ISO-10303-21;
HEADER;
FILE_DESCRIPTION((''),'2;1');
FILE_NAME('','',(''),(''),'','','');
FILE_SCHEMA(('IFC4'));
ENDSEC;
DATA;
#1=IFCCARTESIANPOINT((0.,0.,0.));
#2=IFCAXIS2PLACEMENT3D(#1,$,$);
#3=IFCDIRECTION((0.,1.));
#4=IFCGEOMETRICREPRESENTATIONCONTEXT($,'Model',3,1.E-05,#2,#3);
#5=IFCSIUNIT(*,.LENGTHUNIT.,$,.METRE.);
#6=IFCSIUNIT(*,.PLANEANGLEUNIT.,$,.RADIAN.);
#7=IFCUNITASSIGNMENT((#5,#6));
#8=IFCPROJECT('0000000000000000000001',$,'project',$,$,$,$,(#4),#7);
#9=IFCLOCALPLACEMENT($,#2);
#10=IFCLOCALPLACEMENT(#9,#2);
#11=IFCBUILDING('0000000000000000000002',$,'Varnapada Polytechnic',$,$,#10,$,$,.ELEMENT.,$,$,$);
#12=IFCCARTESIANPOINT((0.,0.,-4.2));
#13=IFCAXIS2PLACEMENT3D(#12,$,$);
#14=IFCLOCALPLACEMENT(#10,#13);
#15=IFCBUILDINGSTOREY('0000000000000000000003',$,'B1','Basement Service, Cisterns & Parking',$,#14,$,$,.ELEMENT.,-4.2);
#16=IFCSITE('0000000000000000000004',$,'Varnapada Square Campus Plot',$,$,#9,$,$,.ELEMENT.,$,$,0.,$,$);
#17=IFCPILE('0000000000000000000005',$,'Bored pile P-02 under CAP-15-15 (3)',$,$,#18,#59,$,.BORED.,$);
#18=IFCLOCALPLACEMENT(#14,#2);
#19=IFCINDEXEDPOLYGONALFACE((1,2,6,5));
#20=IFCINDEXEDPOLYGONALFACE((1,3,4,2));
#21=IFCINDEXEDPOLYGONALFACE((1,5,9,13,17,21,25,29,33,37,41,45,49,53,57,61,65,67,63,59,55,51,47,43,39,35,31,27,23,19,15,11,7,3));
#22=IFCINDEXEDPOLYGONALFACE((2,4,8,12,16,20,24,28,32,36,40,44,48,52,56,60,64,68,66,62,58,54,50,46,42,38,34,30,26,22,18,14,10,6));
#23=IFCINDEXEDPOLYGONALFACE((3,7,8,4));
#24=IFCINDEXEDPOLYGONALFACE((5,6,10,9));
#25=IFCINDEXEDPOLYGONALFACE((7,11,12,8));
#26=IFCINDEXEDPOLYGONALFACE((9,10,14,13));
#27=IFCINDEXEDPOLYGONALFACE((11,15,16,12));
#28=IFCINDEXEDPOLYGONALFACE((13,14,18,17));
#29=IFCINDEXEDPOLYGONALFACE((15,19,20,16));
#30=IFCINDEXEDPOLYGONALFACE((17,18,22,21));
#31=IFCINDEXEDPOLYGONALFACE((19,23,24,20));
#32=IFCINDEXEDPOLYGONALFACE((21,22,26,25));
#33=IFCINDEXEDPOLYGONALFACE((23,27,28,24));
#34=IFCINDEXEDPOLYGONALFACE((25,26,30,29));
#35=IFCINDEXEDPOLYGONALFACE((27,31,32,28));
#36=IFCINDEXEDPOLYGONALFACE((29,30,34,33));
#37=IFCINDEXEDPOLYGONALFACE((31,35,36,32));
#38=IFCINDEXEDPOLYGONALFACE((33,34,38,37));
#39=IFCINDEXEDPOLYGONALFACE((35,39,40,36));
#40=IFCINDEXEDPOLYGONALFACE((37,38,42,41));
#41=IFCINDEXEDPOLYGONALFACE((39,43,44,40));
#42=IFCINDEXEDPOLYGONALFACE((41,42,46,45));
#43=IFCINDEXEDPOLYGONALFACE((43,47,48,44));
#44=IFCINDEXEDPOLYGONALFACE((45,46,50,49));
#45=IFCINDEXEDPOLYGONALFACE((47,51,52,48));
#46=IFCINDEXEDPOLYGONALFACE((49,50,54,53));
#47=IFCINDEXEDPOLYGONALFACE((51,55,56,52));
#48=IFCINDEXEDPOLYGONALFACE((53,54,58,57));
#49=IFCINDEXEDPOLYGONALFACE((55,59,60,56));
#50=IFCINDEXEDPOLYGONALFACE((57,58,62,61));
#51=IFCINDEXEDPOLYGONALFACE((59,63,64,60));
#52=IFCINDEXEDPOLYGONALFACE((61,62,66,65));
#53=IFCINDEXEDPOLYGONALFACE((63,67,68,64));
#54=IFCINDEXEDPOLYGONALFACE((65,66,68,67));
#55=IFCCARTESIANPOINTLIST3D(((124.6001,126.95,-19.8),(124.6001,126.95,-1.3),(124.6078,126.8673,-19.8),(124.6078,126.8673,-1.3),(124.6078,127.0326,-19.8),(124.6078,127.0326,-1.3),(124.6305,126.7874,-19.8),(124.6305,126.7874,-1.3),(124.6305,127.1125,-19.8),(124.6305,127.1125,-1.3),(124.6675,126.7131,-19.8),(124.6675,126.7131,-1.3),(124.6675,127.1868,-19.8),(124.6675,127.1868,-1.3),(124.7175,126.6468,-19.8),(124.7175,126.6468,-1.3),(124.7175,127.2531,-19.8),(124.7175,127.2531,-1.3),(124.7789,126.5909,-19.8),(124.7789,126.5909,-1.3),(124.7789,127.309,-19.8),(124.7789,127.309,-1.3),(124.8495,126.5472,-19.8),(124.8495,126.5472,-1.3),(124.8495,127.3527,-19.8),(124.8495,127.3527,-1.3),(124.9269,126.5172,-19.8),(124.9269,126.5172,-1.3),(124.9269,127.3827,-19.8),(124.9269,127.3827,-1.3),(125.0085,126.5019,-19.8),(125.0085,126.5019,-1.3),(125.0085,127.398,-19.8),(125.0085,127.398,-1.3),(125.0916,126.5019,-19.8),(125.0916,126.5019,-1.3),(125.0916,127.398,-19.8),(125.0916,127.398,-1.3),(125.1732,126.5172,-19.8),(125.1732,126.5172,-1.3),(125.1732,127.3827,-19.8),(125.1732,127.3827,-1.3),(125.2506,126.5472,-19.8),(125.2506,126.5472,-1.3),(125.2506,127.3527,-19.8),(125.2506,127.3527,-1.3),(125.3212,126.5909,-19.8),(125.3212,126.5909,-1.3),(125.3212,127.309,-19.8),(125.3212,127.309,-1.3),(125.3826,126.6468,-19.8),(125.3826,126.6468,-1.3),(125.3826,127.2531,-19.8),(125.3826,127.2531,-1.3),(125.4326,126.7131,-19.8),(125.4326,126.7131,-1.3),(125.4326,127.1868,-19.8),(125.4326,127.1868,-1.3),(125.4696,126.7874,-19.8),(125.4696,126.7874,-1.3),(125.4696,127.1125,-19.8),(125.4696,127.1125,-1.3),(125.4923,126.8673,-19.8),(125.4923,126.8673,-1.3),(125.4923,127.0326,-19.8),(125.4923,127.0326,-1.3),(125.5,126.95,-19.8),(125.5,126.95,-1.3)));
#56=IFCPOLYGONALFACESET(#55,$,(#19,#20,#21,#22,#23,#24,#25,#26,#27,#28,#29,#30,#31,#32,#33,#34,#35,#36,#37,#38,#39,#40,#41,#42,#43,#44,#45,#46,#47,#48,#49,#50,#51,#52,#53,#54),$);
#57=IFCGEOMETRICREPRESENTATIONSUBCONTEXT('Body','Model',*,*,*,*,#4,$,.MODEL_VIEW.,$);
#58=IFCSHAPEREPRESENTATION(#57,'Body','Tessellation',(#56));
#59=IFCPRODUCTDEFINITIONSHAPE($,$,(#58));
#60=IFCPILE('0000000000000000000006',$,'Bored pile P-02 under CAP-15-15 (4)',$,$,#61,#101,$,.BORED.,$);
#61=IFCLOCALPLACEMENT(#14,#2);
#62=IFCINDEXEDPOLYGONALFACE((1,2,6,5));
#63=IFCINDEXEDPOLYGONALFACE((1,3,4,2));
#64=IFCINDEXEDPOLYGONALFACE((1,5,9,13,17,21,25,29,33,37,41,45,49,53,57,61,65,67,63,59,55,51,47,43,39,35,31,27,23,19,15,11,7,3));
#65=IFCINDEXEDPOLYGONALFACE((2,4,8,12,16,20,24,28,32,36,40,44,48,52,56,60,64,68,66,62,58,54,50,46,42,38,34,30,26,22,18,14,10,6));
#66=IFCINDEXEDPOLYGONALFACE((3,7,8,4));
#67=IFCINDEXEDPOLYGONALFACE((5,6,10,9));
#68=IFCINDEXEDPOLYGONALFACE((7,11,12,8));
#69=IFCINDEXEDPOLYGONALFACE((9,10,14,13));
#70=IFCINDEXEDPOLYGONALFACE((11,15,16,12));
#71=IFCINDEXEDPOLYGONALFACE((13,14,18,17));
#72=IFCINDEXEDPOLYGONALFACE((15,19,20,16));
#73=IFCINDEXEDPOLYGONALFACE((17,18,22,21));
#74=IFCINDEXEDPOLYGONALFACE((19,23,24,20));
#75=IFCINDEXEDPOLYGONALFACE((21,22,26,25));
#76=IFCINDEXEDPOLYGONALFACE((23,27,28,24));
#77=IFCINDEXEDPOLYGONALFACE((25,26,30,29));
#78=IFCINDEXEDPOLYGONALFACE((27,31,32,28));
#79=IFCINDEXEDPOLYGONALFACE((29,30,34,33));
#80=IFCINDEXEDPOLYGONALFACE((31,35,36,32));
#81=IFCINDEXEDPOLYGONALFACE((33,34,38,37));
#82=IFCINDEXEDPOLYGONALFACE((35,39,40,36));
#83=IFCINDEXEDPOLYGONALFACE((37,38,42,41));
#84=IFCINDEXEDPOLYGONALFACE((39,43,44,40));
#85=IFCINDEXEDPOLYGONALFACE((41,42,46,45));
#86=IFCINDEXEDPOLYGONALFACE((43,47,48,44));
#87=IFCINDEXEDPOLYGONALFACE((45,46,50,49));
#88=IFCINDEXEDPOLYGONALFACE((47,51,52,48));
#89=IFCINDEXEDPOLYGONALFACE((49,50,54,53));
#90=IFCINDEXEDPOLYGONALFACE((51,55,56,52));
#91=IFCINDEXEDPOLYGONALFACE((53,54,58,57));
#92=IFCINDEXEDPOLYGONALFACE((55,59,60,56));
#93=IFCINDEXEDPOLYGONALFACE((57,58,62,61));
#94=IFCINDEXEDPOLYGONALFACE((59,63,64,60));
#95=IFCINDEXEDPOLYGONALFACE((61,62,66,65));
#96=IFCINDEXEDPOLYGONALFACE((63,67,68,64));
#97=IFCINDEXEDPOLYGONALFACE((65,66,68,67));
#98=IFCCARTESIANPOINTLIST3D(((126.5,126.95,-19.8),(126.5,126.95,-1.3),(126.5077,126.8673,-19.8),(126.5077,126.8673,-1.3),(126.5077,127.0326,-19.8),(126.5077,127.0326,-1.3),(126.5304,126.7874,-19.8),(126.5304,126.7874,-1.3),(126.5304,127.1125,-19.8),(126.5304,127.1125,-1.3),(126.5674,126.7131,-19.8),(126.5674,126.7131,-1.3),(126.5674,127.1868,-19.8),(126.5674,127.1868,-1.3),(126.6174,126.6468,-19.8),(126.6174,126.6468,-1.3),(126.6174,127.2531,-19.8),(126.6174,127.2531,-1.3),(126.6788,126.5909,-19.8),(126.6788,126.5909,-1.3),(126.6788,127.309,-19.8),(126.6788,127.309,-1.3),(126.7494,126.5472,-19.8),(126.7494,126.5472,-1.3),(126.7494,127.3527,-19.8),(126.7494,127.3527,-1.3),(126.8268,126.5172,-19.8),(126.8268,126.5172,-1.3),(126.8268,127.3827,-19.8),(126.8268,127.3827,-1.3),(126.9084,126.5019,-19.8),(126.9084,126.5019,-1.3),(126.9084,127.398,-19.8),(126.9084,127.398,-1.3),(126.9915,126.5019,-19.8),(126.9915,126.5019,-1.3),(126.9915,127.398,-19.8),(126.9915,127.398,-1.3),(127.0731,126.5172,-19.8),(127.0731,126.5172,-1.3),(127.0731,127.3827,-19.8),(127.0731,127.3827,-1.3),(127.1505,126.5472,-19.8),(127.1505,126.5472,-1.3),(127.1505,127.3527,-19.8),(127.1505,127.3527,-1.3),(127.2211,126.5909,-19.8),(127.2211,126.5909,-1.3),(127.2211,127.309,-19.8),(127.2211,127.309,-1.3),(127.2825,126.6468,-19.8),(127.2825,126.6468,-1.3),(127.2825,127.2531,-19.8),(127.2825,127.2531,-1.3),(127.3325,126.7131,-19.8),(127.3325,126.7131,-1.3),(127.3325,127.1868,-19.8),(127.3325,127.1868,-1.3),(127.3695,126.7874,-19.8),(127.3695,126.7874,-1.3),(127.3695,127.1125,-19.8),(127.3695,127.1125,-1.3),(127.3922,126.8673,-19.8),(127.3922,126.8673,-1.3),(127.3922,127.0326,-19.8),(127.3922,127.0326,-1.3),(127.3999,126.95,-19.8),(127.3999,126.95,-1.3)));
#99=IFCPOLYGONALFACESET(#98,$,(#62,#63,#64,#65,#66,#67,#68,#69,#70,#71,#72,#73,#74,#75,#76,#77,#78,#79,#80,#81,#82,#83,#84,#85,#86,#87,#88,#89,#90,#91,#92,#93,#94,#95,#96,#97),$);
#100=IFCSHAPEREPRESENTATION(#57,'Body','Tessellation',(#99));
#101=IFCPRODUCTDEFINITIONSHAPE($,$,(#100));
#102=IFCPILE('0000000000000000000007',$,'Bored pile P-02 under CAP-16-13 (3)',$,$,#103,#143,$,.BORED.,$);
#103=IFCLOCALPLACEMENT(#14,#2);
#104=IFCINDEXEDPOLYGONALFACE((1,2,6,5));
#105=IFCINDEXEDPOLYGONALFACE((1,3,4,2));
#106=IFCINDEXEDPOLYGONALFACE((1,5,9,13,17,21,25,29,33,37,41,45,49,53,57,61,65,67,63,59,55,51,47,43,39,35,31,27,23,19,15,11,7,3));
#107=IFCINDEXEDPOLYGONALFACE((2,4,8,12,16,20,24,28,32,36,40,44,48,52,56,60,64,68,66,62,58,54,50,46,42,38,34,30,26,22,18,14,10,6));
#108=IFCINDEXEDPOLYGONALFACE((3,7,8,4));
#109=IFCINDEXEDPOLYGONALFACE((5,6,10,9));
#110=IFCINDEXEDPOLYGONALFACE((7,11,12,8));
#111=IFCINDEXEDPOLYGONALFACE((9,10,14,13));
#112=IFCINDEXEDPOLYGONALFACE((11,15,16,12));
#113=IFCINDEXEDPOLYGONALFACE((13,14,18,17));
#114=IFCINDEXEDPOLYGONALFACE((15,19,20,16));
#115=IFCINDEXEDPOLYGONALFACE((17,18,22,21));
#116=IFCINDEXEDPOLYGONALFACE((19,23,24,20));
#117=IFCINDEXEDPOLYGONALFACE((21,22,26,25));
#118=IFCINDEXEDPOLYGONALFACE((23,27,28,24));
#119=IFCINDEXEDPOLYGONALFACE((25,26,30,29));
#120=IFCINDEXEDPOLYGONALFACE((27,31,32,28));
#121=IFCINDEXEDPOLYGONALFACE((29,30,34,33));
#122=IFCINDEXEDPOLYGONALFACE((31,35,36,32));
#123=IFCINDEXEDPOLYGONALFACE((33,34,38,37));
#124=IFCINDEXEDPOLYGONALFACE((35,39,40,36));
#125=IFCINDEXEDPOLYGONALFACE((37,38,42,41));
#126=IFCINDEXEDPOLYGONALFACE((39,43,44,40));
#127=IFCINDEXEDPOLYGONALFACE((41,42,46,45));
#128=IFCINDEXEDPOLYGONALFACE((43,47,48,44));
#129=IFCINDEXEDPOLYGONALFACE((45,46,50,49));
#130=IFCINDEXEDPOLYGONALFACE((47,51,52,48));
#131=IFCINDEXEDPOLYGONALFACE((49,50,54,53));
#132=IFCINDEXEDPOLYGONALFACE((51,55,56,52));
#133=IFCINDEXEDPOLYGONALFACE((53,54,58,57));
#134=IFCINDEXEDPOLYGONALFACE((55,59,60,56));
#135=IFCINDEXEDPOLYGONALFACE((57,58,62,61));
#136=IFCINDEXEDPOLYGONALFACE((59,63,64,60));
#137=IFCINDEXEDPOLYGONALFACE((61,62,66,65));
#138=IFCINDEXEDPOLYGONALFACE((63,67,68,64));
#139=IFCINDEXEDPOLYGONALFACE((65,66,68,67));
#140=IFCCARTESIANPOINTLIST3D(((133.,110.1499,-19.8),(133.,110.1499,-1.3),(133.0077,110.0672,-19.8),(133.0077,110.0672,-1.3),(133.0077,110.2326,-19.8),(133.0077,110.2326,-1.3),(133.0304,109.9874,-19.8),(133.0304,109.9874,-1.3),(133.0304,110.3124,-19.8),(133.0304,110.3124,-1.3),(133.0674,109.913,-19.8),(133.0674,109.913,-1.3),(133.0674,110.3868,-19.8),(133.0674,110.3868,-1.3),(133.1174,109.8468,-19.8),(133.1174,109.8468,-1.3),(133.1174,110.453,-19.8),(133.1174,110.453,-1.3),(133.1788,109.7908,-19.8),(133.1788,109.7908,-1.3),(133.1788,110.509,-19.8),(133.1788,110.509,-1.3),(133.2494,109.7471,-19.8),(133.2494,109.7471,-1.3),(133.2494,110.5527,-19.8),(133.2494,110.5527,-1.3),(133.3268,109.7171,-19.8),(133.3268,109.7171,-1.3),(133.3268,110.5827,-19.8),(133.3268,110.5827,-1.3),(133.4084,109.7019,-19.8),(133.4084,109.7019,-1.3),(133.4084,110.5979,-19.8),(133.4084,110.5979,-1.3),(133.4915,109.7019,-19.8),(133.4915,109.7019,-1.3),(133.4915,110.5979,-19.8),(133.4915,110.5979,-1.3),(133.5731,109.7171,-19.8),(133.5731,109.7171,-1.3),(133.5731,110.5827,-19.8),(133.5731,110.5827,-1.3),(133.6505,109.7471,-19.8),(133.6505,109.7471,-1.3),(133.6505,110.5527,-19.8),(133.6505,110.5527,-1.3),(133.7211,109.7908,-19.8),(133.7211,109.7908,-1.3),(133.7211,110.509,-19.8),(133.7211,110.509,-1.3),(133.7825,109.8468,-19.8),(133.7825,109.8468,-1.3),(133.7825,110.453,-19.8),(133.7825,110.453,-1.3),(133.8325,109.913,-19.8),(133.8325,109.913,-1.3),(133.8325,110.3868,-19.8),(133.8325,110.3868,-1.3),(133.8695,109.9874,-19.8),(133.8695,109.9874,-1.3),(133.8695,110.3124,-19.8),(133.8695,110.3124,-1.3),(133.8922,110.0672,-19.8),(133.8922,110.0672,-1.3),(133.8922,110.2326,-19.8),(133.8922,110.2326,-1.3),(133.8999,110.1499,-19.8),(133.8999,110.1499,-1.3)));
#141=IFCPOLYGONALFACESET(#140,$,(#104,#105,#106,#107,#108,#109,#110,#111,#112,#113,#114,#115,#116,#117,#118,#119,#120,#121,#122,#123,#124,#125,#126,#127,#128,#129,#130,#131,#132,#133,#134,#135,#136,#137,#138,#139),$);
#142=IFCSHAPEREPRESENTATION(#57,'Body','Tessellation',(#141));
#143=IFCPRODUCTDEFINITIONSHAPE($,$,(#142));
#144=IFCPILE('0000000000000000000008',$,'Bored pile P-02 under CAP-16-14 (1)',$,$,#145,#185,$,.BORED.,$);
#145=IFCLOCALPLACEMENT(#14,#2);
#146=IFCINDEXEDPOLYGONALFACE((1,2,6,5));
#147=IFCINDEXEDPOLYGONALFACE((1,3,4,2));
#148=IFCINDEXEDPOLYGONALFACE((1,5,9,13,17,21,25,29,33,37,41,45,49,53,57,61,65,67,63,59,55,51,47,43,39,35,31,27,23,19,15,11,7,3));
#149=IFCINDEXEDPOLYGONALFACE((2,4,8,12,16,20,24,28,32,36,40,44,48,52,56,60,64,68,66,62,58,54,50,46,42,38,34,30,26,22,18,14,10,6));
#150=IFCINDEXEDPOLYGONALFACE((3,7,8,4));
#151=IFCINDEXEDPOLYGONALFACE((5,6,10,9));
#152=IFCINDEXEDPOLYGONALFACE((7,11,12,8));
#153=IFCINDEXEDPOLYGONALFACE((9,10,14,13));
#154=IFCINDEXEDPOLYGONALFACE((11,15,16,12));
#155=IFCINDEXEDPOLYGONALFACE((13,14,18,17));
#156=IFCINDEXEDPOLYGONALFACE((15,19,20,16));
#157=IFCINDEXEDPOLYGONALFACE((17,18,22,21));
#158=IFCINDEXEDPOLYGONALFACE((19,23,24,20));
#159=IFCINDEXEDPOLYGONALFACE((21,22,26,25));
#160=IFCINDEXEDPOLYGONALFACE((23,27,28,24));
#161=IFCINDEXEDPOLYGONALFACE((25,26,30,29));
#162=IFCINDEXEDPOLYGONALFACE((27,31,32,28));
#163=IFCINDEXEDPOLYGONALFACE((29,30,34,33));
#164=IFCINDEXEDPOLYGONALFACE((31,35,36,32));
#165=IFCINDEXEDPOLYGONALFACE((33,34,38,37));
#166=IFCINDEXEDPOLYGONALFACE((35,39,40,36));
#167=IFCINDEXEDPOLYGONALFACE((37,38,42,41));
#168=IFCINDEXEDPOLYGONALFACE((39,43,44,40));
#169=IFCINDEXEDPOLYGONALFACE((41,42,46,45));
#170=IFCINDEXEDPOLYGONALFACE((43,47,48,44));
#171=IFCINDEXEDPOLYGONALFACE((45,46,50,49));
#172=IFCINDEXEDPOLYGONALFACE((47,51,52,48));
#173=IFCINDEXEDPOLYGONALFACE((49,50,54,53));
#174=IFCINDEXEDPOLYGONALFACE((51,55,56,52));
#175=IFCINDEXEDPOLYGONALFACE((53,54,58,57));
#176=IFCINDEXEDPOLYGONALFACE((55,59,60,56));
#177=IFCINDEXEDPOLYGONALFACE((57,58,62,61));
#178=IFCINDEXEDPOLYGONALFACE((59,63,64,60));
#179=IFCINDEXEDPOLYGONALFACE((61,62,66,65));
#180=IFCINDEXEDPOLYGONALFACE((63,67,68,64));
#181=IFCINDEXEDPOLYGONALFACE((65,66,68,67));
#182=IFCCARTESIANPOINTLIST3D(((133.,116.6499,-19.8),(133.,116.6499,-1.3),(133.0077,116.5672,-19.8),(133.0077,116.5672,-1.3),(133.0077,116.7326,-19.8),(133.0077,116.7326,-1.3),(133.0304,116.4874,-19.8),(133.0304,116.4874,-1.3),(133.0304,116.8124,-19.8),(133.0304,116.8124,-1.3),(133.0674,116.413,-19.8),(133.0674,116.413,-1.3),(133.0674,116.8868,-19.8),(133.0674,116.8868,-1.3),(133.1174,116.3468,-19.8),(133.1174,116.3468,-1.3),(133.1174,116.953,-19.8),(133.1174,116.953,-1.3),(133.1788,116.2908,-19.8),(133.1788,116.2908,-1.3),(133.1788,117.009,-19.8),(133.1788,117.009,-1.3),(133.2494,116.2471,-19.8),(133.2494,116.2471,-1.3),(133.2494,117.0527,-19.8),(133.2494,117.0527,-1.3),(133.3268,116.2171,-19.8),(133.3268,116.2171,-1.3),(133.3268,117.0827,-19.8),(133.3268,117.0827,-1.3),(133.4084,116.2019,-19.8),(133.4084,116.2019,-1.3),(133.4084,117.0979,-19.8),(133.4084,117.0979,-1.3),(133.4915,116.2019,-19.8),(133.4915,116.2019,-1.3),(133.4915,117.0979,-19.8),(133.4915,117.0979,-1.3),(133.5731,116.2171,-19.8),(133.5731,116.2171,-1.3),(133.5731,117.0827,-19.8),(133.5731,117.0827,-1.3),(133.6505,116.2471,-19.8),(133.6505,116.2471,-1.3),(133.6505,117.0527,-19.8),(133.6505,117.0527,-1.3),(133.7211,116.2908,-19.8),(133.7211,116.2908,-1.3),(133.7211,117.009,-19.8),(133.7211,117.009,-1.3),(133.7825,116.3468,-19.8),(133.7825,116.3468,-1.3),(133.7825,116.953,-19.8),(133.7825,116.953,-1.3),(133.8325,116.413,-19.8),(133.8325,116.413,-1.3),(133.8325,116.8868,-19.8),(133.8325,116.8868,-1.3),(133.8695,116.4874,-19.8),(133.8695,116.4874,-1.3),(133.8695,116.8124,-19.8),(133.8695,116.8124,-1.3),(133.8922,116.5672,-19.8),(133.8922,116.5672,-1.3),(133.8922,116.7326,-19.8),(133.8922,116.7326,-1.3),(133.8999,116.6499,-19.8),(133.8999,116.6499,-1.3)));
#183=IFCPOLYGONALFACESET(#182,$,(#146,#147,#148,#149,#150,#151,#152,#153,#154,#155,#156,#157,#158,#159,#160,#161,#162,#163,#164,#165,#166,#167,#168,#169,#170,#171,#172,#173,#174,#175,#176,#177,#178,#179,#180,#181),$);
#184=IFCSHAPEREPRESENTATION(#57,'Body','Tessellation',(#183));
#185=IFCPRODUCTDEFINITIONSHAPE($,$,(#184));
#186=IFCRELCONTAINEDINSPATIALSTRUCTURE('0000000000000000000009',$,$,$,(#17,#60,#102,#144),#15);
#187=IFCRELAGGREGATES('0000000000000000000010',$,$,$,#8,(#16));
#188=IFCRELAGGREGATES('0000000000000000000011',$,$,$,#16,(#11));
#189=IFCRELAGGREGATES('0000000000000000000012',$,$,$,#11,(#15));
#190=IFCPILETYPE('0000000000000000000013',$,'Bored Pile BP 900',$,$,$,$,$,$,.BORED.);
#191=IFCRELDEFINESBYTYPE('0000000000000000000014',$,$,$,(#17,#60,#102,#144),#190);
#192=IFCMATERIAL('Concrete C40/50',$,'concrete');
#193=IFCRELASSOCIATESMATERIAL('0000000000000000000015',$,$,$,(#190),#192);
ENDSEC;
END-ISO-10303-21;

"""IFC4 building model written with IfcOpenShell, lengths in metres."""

from ifc_helpers import new_model, si_unit, direction, frame, origin, origin_2d, place, context, subcontext, project, spatial, circle, extrude, material, material_profile, profile_set, type_object, element, save


model = new_model("IFC4")

# Units and contexts
model_context = context("Model", 3, precision=1e-05, world=origin(), true_north=direction((0.0, 1.0)))
body_context = subcontext(model_context, "Body", "Model", "MODEL_VIEW")
ifc_project = project(units=[si_unit("LENGTHUNIT", "METRE"), si_unit("PLANEANGLEUNIT", "RADIAN")], contexts=[model_context])

# Site, building, storey
site_placement = place(None, origin())
site = spatial("IfcSite", under=ifc_project, at=site_placement, Name="Varnapada Square Campus Plot", CompositionType="ELEMENT", RefElevation=0.0)
building_placement = place(site_placement, origin())
building = spatial("IfcBuilding", under=site, at=building_placement, Name="Varnapada Polytechnic", CompositionType="ELEMENT")
storey_placement = place(building_placement, frame((0.0, 0.0, -4.2)))
storey = spatial("IfcBuildingStorey", under=building, at=storey_placement, Name="B1", Description="Basement Service, Cisterns & Parking", CompositionType="ELEMENT", Elevation=-4.2)

# Piles
ifc_material_1 = material(Name="Concrete C40/50", Category="concrete")
ifc_material_profile_1 = material_profile(ifc_material_1, circle(Radius=0.45, at=origin_2d()), Name="BP 900")
ifc_profile_set_1 = profile_set([ifc_material_profile_1], Name="Concrete C40/50")
pile_type = type_object("IfcPileType", Name="Bored Pile BP 900", PredefinedType="BORED", material=ifc_profile_set_1)
for number, where, z_axis, x_axis, name in (
    (1, (125.05, 126.95, -1.3), (0.0, 0.0, -1.0), (1.0, 0.0, 0.0), "Bored pile P-02 under CAP-15-15 (3)"),
    (2, (126.95, 126.95, -1.3), (0.0, 0.0, -1.0), (1.0, 0.0, 0.0), "Bored pile P-02 under CAP-15-15 (4)"),
    (3, (133.45, 110.1499, -1.3), (0.0, 0.0, -1.0), (1.0, 0.0, 0.0), "Bored pile P-02 under CAP-16-13 (3)"),
    (4, (133.45, 116.6499, -1.3), (0.0, 0.0, -1.0), (1.0, 0.0, 0.0), "Bored pile P-02 under CAP-16-14 (1)"),
):
    element("IfcPile", number, at=place(storey_placement, frame(where, z_axis=z_axis, x_axis=x_axis)), inside=storey, type_object=pile_type, Name=name, PredefinedType="BORED", context=body_context, shape_type="SweptSolid", body=[
        extrude(circle(Radius=0.45, at=origin_2d()), origin(), (0.0, 0.0, 1.0), 18.5),
    ])

save(model, "model.ifc")
